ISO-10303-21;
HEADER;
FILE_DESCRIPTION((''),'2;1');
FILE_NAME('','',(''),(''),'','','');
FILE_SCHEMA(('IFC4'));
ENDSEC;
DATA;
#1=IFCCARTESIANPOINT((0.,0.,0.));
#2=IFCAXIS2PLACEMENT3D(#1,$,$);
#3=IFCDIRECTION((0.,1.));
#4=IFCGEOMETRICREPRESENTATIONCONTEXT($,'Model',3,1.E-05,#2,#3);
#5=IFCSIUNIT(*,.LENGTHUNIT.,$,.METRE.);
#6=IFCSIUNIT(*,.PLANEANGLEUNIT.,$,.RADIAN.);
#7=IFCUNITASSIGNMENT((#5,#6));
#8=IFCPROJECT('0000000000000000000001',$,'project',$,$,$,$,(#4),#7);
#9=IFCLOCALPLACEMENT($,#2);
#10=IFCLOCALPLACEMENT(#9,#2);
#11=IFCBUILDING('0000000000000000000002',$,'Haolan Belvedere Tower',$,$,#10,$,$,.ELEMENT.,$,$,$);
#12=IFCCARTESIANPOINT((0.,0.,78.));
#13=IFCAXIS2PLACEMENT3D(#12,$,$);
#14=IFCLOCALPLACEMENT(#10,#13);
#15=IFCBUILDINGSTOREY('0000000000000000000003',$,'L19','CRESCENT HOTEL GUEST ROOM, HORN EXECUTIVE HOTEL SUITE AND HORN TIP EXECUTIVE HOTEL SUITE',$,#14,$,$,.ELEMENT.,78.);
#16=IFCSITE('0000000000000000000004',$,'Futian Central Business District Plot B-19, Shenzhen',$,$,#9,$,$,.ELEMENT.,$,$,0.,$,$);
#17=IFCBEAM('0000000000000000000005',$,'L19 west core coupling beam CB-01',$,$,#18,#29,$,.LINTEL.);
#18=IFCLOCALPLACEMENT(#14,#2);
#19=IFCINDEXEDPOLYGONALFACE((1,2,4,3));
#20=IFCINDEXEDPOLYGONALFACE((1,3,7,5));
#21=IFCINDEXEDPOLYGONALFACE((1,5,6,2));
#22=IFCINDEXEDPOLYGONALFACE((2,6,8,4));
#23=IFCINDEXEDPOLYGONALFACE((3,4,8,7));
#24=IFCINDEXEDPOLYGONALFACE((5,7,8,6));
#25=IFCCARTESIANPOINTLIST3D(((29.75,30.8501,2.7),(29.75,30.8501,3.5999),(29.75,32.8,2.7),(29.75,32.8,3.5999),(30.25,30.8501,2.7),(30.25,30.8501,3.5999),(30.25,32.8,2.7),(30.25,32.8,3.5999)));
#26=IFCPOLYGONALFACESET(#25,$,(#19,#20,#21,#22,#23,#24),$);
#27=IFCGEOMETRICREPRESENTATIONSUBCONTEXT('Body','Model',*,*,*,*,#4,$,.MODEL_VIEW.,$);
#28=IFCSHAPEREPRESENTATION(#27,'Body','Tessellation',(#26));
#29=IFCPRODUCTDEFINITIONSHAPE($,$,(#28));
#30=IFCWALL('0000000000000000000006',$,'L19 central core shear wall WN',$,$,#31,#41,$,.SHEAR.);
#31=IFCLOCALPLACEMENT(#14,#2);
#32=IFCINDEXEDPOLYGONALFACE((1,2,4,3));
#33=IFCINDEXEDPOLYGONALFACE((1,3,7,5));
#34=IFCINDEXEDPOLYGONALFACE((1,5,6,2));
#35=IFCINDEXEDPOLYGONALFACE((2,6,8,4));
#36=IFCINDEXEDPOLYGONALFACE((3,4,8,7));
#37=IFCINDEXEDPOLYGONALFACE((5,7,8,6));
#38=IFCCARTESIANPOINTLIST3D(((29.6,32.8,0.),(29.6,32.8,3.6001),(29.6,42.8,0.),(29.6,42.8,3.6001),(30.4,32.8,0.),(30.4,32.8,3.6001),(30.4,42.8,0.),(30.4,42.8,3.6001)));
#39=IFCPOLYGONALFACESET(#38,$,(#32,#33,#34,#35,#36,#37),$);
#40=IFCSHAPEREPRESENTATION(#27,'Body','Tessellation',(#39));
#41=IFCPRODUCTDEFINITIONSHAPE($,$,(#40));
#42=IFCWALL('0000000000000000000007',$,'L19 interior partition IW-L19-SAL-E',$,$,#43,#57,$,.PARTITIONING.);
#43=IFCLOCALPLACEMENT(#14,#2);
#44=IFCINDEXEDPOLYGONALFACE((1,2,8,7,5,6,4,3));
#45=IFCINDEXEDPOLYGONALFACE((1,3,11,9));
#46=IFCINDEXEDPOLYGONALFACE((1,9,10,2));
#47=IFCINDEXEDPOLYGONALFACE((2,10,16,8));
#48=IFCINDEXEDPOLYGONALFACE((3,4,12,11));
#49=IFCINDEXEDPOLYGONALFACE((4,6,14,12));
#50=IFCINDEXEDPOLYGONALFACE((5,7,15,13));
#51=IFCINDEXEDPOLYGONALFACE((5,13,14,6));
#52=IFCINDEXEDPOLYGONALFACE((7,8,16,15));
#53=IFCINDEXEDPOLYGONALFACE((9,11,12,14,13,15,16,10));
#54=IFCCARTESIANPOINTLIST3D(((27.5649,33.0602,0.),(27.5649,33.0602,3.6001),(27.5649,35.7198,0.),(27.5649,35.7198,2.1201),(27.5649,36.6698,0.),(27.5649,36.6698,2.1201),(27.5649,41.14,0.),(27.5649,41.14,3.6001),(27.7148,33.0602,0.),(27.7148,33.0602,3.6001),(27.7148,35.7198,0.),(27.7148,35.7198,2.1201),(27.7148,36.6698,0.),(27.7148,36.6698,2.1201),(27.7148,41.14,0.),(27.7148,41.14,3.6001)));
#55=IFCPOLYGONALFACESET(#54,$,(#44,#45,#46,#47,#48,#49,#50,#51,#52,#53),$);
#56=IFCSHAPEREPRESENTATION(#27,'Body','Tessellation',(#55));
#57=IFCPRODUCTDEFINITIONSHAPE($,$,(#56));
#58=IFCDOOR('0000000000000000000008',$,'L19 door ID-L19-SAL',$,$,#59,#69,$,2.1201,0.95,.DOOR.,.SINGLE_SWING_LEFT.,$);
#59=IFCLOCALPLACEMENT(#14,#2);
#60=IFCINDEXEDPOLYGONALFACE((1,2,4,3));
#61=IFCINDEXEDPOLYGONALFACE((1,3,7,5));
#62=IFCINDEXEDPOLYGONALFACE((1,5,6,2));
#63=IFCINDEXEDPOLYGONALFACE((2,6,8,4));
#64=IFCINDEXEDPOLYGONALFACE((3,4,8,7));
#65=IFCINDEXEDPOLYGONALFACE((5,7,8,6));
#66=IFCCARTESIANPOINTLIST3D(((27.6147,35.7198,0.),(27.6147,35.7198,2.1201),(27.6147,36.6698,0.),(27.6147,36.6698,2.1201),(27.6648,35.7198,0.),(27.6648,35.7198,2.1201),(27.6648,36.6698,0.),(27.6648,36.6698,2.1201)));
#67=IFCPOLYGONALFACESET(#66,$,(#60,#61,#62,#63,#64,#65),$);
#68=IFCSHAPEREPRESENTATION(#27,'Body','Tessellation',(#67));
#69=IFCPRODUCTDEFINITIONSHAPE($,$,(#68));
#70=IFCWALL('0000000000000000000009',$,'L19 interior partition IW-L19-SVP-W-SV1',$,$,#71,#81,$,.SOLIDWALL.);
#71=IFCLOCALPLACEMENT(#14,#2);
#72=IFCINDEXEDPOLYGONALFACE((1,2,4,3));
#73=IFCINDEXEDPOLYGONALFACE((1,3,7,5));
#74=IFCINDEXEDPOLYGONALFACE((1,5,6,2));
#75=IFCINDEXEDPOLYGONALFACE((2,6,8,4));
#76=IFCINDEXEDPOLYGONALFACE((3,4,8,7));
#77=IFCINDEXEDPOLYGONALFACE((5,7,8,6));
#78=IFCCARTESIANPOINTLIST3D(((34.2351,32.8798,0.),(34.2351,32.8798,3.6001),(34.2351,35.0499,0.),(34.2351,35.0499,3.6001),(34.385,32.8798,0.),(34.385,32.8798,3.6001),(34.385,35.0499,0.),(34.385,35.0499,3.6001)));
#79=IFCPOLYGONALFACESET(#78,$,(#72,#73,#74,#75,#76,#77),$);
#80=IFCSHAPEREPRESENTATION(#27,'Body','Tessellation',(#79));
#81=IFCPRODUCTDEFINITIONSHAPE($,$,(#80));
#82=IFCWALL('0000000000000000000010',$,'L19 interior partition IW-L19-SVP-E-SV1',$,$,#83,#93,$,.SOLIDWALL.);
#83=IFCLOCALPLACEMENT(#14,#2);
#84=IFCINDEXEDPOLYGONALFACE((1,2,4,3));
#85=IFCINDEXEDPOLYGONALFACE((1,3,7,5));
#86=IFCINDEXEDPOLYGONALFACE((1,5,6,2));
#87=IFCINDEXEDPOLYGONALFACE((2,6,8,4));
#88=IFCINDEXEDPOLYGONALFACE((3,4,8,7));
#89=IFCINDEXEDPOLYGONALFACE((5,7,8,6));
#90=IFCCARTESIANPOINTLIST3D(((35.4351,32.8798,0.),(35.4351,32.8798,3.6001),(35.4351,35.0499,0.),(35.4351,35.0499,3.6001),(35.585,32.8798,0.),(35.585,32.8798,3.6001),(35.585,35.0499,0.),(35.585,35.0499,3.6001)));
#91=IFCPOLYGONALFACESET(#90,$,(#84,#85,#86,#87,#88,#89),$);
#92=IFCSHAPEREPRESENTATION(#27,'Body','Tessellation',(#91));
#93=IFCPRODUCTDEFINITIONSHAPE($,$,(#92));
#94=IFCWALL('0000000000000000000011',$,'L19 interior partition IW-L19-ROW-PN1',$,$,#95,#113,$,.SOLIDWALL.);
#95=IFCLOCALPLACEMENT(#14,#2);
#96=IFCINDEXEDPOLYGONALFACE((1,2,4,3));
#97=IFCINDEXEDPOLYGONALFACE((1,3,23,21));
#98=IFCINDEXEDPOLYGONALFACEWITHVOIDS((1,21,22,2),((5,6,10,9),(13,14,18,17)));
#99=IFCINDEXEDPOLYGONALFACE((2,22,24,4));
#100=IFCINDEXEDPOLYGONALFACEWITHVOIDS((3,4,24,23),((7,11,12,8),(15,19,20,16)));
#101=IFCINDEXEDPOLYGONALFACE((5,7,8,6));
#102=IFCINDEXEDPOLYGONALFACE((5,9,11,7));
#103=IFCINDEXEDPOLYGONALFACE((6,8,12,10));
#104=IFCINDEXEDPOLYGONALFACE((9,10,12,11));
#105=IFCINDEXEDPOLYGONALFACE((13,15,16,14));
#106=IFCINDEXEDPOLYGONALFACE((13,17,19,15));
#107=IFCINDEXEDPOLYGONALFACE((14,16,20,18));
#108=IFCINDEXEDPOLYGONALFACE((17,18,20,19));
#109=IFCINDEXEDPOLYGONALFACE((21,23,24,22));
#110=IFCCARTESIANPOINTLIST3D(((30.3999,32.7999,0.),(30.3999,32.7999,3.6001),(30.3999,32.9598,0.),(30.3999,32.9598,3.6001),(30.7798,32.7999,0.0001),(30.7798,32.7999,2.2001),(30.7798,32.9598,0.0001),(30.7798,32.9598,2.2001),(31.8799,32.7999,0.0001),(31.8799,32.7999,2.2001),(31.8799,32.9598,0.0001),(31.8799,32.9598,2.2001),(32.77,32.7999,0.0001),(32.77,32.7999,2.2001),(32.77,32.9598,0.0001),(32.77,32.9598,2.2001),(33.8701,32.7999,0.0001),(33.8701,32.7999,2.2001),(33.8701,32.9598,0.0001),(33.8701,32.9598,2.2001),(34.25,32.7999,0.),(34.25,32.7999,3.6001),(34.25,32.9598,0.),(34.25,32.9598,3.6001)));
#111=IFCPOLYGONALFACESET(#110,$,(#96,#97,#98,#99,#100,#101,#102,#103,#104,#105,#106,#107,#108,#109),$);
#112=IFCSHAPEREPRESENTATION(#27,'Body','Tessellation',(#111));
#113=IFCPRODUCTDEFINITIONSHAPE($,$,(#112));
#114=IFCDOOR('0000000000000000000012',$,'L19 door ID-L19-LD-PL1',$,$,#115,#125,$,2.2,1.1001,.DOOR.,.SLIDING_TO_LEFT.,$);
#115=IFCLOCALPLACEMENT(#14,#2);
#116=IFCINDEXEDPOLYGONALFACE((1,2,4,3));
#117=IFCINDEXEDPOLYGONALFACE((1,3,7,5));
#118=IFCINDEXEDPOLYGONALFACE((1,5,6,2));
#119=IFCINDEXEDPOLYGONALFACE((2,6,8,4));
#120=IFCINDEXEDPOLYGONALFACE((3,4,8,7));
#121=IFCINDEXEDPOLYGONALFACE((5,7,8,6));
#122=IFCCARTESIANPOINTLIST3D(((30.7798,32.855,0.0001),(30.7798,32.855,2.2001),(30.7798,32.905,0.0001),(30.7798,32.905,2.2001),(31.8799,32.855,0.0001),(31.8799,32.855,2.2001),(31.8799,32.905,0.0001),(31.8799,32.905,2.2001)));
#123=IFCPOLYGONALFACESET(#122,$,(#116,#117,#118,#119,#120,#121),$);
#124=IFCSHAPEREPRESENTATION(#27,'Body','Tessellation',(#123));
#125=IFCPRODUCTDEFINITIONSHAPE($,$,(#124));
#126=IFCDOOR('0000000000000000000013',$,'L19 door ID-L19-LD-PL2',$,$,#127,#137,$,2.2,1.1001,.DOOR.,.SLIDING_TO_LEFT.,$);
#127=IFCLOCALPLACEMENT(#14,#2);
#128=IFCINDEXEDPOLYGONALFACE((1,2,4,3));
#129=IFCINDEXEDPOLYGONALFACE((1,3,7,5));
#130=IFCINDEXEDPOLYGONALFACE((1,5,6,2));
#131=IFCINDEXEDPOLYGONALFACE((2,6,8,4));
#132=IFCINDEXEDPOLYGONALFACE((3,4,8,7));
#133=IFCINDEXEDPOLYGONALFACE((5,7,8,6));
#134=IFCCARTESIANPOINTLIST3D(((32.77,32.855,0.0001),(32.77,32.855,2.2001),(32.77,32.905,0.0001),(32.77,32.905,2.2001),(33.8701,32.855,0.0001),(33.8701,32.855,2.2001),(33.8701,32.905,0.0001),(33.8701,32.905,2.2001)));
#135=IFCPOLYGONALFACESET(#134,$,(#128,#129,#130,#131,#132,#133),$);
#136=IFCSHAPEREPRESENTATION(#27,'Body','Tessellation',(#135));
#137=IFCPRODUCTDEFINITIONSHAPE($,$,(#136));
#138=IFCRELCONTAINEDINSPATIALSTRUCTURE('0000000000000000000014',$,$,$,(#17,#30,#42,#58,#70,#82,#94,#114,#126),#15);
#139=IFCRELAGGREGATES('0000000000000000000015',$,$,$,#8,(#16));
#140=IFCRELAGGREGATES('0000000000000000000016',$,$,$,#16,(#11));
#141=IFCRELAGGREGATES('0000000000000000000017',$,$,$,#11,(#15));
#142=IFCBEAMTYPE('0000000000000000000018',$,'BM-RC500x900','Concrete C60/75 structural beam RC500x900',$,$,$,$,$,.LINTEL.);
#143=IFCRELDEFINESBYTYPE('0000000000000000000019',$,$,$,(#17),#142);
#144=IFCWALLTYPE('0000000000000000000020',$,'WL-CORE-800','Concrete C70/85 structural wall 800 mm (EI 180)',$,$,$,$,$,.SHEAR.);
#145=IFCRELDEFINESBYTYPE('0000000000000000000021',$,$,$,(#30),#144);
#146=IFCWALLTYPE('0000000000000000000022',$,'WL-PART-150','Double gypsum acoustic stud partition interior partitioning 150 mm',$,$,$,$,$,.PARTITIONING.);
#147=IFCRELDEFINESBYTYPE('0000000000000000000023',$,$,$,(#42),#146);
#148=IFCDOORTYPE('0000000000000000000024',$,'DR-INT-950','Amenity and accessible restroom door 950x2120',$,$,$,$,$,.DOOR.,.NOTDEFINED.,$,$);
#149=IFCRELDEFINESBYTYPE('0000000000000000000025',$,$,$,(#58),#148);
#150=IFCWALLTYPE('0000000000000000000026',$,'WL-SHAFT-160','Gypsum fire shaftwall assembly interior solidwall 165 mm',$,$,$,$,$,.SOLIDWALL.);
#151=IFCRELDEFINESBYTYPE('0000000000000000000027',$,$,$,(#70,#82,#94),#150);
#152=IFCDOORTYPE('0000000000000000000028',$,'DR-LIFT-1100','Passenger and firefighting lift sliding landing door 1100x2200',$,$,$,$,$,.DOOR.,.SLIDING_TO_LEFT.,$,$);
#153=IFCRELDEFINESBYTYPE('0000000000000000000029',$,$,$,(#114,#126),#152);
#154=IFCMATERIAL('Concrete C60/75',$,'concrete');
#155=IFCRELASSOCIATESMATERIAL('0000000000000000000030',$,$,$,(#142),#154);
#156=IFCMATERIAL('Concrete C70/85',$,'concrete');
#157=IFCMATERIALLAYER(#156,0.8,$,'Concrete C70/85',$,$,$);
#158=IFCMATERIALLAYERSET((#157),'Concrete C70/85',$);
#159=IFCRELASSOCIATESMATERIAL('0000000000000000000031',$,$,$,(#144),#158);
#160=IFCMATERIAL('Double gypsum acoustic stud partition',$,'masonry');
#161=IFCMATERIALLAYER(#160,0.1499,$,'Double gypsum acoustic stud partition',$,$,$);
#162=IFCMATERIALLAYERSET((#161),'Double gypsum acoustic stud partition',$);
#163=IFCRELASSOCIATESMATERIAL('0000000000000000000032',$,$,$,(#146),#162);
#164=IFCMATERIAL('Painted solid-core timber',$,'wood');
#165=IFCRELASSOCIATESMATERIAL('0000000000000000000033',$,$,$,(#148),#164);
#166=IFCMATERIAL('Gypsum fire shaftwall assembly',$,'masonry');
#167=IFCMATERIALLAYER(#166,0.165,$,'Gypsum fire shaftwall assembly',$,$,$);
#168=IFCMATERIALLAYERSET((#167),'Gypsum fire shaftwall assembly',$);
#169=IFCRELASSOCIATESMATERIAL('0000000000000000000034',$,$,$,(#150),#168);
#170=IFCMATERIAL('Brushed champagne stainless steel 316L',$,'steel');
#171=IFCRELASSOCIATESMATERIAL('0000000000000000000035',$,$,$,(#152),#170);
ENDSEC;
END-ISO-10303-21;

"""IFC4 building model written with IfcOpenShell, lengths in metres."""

from ifc_helpers import new_model, si_unit, direction, frame, frame_2d, origin, origin_2d, place, context, subcontext, project, spatial, rectangle, extrude, material, layer, layer_set, material_profile, profile_set, type_object, element, fill, save


model = new_model("IFC4")

# Units and contexts
model_context = context("Model", 3, precision=1e-05, world=origin(), true_north=direction((0.0, 1.0)))
body_context = subcontext(model_context, "Body", "Model", "MODEL_VIEW")
ifc_project = project(units=[si_unit("LENGTHUNIT", "METRE"), si_unit("PLANEANGLEUNIT", "RADIAN")], contexts=[model_context])

# Site, building, storey
site_placement = place(None, origin())
site = spatial("IfcSite", under=ifc_project, at=site_placement, Name="Futian Central Business District Plot B-19, Shenzhen", CompositionType="ELEMENT", RefElevation=0.0)
building_placement = place(site_placement, origin())
building = spatial("IfcBuilding", under=site, at=building_placement, Name="Haolan Belvedere Tower", CompositionType="ELEMENT")
storey_placement = place(building_placement, frame((0.0, 0.0, 78.0)))
storey = spatial("IfcBuildingStorey", under=building, at=storey_placement, Name="L19", Description="CRESCENT HOTEL GUEST ROOM, HORN EXECUTIVE HOTEL SUITE AND HORN TIP EXECUTIVE HOTEL SUITE", CompositionType="ELEMENT", Elevation=78.0)

# Beam
ifc_material_1 = material(Name="Concrete C60/75", Category="concrete")
ifc_material_profile = material_profile(ifc_material_1, rectangle(XDim=0.5, YDim=0.8999, at=origin_2d()), Name="Concrete C60/75")
ifc_profile_set = profile_set([ifc_material_profile], Name="Concrete C60/75")
beam_type = type_object("IfcBeamType", Name="BM-RC500x900", Description="Concrete C60/75 structural beam RC500x900", PredefinedType="LINTEL", material=ifc_profile_set)
beam_placement = place(storey_placement, frame((30.0, 30.8501, 3.1499), z_axis=(0.0, 1.0, 0.0), x_axis=(-1.0, 0.0, 0.0)))
element("IfcBeam", 1, at=beam_placement, inside=storey, type_object=beam_type, Name="L19 west core coupling beam CB-01", PredefinedType="LINTEL", context=body_context, shape_type="SweptSolid", body=[
    extrude(rectangle(XDim=0.5, YDim=0.8999, at=origin_2d()), origin(), (0.0, 0.0, 1.0), 1.95),
])

# Wall
ifc_material_2 = material(Name="Concrete C70/85", Category="concrete")
ifc_layer_1 = layer(ifc_material_2, 0.8, Name="Concrete C70/85")
ifc_layer_set_1 = layer_set([ifc_layer_1], Name="Concrete C70/85")
wall_type_1 = type_object("IfcWallType", Name="WL-CORE-800", Description="Concrete C70/85 structural wall 800 mm (EI 180)", PredefinedType="SHEAR", material=ifc_layer_set_1)
wall_1_placement = place(storey_placement, frame((30.0, 32.8, 0.0), z_axis=(0.0, 0.0, 1.0), x_axis=(0.0, 1.0, 0.0)))
element("IfcWall", 2, at=wall_1_placement, inside=storey, type_object=wall_type_1, Name="L19 central core shear wall WN", PredefinedType="SHEAR", context=body_context, shape_type="SweptSolid", body=[
    extrude(rectangle(XDim=10.0, YDim=0.8, at=frame_2d((5.0, 0.0))), origin(), (0.0, 0.0, 1.0), 3.6001),
])

# Wall, opening, door
ifc_material_3 = material(Name="Double gypsum acoustic stud partition", Category="masonry")
ifc_layer_2 = layer(ifc_material_3, 0.1499, Name="Double gypsum acoustic stud partition")
ifc_layer_set_2 = layer_set([ifc_layer_2], Name="Double gypsum acoustic stud partition")
wall_type_2 = type_object("IfcWallType", Name="WL-PART-150", Description="Double gypsum acoustic stud partition interior partitioning 150 mm", PredefinedType="PARTITIONING", material=ifc_layer_set_2)
wall_2_placement = place(storey_placement, frame((27.6399, 33.0601, 0.0), z_axis=(0.0, 0.0, 1.0), x_axis=(0.0, 1.0, 0.0)))
wall_2 = element("IfcWall", 3, at=wall_2_placement, inside=storey, type_object=wall_type_2, Name="L19 interior partition IW-L19-SAL-E", PredefinedType="PARTITIONING", context=body_context, shape_type="SweptSolid", body=[
    extrude(rectangle(XDim=8.0798, YDim=0.1499, at=frame_2d((4.04, 0.0))), origin(), (0.0, 0.0, 1.0), 3.6001),
])
opening_1_placement = place(wall_2_placement, frame((3.6099, 0.0, 0.0), z_axis=(0.0, 0.0, 1.0), x_axis=(-1.0, 0.0, 0.0)))
opening_1 = element("IfcOpeningElement", 4, at=opening_1_placement, cuts=wall_2, PredefinedType="OPENING", context=body_context, shape_type="SweptSolid", body=[
    extrude(rectangle(XDim=0.95, YDim=2.1201, at=frame_2d((0.4751, 1.0601))), frame((0.0, 0.085, 0.0), z_axis=(0.0, -1.0, 0.0), x_axis=(1.0, 0.0, 0.0)), (0.0, 0.0, 1.0), 0.1699),
])
ifc_material_4 = material(Name="Painted solid-core timber", Category="wood")
door_type_1 = type_object("IfcDoorType", Name="DR-INT-950", Description="Amenity and accessible restroom door 950x2120", OperationType="NOTDEFINED", PredefinedType="DOOR", material=ifc_material_4)
door_1_placement = place(opening_1_placement, origin())
door_1 = element("IfcDoor", 5, at=door_1_placement, inside=storey, type_object=door_type_1, Name="L19 door ID-L19-SAL", OperationType="SINGLE_SWING_LEFT", OverallHeight=2.1201, OverallWidth=0.95, PredefinedType="DOOR", context=body_context, shape_type="SweptSolid", body=[
    extrude(rectangle(XDim=0.95, YDim=2.1201, at=frame_2d((0.4751, 1.0601))), frame((0.0, 0.0249, 0.0), z_axis=(0.0, -1.0, 0.0), x_axis=(1.0, 0.0, 0.0)), (0.0, 0.0, 1.0), 0.05),
])
fill(opening_1, door_1)

# Walls
ifc_material_5 = material(Name="Gypsum fire shaftwall assembly", Category="masonry")
ifc_layer_3 = layer(ifc_material_5, 0.165, Name="Gypsum fire shaftwall assembly")
ifc_layer_set_3 = layer_set([ifc_layer_3], Name="Gypsum fire shaftwall assembly")
wall_type_3 = type_object("IfcWallType", Name="WL-SHAFT-160", Description="Gypsum fire shaftwall assembly interior solidwall 165 mm", PredefinedType="SOLIDWALL", material=ifc_layer_set_3)
for number, where, z_axis, x_axis, name in (
    (6, (34.3101, 32.8799, 0.0), (0.0, 0.0, 1.0), (0.0, 1.0, 0.0), "L19 interior partition IW-L19-SVP-W-SV1"),
    (7, (35.51, 32.8799, 0.0), (0.0, 0.0, 1.0), (0.0, 1.0, 0.0), "L19 interior partition IW-L19-SVP-E-SV1"),
):
    element("IfcWall", number, at=place(storey_placement, frame(where, z_axis=z_axis, x_axis=x_axis)), inside=storey, type_object=wall_type_3, Name=name, PredefinedType="SOLIDWALL", context=body_context, shape_type="SweptSolid", body=[
        extrude(rectangle(XDim=2.1702, YDim=0.1499, at=frame_2d((1.085, 0.0))), origin(), (0.0, 0.0, 1.0), 3.6001),
    ])

# Wall, openings, doors
wall_3_placement = place(storey_placement, frame((30.3999, 32.8799, 0.0), z_axis=(0.0, 0.0, 1.0), x_axis=(1.0, 0.0, 0.0)))
wall_3 = element("IfcWall", 8, at=wall_3_placement, inside=storey, type_object=wall_type_3, Name="L19 interior partition IW-L19-ROW-PN1", PredefinedType="SOLIDWALL", context=body_context, shape_type="SweptSolid", body=[
    extrude(rectangle(XDim=3.8501, YDim=0.1599, at=frame_2d((1.925, 0.0))), origin(), (0.0, 0.0, 1.0), 3.6001),
])
opening_2_placement = place(wall_3_placement, frame((1.48, 0.0, 0.0), z_axis=(0.0, 0.0, 1.0), x_axis=(-1.0, 0.0, 0.0)))
opening_2 = element("IfcOpeningElement", 9, at=opening_2_placement, cuts=wall_3, PredefinedType="OPENING", context=body_context, shape_type="SweptSolid", body=[
    extrude(rectangle(XDim=1.1001, YDim=2.2, at=frame_2d((0.55, 1.1001))), frame((0.0, 0.0898, 0.0), z_axis=(0.0, -1.0, 0.0), x_axis=(1.0, 0.0, 0.0)), (0.0, 0.0, 1.0), 0.1799),
])
opening_3_placement = place(wall_3_placement, frame((3.4702, 0.0, 0.0), z_axis=(0.0, 0.0, 1.0), x_axis=(-1.0, 0.0, 0.0)))
opening_3 = element("IfcOpeningElement", 10, at=opening_3_placement, cuts=wall_3, PredefinedType="OPENING", context=body_context, shape_type="SweptSolid", body=[
    extrude(rectangle(XDim=1.1001, YDim=2.2, at=frame_2d((0.55, 1.1001))), frame((0.0, 0.0898, 0.0), z_axis=(0.0, -1.0, 0.0), x_axis=(1.0, 0.0, 0.0)), (0.0, 0.0, 1.0), 0.1799),
])
ifc_material_6 = material(Name="Brushed champagne stainless steel 316L", Category="steel")
door_type_2 = type_object("IfcDoorType", Name="DR-LIFT-1100", Description="Passenger and firefighting lift sliding landing door 1100x2200", OperationType="SLIDING_TO_LEFT", PredefinedType="DOOR", material=ifc_material_6)
door_2_placement = place(opening_2_placement, origin())
door_2 = element("IfcDoor", 11, at=door_2_placement, inside=storey, type_object=door_type_2, Name="L19 door ID-L19-LD-PL1", OperationType="SLIDING_TO_LEFT", OverallHeight=2.2, OverallWidth=1.1001, PredefinedType="DOOR", context=body_context, shape_type="SweptSolid", body=[
    extrude(rectangle(XDim=1.1001, YDim=2.2, at=frame_2d((0.55, 1.1001))), frame((0.0, 0.0249, 0.0), z_axis=(0.0, -1.0, 0.0), x_axis=(1.0, 0.0, 0.0)), (0.0, 0.0, 1.0), 0.05),
])
fill(opening_2, door_2)
door_3_placement = place(opening_3_placement, origin())
door_3 = element("IfcDoor", 12, at=door_3_placement, inside=storey, type_object=door_type_2, Name="L19 door ID-L19-LD-PL2", OperationType="SLIDING_TO_LEFT", OverallHeight=2.2, OverallWidth=1.1001, PredefinedType="DOOR", context=body_context, shape_type="SweptSolid", body=[
    extrude(rectangle(XDim=1.1001, YDim=2.2, at=frame_2d((0.55, 1.1001))), frame((0.0, 0.0249, 0.0), z_axis=(0.0, -1.0, 0.0), x_axis=(1.0, 0.0, 0.0)), (0.0, 0.0, 1.0), 0.05),
])
fill(opening_3, door_3)

save(model, "model.ifc")
